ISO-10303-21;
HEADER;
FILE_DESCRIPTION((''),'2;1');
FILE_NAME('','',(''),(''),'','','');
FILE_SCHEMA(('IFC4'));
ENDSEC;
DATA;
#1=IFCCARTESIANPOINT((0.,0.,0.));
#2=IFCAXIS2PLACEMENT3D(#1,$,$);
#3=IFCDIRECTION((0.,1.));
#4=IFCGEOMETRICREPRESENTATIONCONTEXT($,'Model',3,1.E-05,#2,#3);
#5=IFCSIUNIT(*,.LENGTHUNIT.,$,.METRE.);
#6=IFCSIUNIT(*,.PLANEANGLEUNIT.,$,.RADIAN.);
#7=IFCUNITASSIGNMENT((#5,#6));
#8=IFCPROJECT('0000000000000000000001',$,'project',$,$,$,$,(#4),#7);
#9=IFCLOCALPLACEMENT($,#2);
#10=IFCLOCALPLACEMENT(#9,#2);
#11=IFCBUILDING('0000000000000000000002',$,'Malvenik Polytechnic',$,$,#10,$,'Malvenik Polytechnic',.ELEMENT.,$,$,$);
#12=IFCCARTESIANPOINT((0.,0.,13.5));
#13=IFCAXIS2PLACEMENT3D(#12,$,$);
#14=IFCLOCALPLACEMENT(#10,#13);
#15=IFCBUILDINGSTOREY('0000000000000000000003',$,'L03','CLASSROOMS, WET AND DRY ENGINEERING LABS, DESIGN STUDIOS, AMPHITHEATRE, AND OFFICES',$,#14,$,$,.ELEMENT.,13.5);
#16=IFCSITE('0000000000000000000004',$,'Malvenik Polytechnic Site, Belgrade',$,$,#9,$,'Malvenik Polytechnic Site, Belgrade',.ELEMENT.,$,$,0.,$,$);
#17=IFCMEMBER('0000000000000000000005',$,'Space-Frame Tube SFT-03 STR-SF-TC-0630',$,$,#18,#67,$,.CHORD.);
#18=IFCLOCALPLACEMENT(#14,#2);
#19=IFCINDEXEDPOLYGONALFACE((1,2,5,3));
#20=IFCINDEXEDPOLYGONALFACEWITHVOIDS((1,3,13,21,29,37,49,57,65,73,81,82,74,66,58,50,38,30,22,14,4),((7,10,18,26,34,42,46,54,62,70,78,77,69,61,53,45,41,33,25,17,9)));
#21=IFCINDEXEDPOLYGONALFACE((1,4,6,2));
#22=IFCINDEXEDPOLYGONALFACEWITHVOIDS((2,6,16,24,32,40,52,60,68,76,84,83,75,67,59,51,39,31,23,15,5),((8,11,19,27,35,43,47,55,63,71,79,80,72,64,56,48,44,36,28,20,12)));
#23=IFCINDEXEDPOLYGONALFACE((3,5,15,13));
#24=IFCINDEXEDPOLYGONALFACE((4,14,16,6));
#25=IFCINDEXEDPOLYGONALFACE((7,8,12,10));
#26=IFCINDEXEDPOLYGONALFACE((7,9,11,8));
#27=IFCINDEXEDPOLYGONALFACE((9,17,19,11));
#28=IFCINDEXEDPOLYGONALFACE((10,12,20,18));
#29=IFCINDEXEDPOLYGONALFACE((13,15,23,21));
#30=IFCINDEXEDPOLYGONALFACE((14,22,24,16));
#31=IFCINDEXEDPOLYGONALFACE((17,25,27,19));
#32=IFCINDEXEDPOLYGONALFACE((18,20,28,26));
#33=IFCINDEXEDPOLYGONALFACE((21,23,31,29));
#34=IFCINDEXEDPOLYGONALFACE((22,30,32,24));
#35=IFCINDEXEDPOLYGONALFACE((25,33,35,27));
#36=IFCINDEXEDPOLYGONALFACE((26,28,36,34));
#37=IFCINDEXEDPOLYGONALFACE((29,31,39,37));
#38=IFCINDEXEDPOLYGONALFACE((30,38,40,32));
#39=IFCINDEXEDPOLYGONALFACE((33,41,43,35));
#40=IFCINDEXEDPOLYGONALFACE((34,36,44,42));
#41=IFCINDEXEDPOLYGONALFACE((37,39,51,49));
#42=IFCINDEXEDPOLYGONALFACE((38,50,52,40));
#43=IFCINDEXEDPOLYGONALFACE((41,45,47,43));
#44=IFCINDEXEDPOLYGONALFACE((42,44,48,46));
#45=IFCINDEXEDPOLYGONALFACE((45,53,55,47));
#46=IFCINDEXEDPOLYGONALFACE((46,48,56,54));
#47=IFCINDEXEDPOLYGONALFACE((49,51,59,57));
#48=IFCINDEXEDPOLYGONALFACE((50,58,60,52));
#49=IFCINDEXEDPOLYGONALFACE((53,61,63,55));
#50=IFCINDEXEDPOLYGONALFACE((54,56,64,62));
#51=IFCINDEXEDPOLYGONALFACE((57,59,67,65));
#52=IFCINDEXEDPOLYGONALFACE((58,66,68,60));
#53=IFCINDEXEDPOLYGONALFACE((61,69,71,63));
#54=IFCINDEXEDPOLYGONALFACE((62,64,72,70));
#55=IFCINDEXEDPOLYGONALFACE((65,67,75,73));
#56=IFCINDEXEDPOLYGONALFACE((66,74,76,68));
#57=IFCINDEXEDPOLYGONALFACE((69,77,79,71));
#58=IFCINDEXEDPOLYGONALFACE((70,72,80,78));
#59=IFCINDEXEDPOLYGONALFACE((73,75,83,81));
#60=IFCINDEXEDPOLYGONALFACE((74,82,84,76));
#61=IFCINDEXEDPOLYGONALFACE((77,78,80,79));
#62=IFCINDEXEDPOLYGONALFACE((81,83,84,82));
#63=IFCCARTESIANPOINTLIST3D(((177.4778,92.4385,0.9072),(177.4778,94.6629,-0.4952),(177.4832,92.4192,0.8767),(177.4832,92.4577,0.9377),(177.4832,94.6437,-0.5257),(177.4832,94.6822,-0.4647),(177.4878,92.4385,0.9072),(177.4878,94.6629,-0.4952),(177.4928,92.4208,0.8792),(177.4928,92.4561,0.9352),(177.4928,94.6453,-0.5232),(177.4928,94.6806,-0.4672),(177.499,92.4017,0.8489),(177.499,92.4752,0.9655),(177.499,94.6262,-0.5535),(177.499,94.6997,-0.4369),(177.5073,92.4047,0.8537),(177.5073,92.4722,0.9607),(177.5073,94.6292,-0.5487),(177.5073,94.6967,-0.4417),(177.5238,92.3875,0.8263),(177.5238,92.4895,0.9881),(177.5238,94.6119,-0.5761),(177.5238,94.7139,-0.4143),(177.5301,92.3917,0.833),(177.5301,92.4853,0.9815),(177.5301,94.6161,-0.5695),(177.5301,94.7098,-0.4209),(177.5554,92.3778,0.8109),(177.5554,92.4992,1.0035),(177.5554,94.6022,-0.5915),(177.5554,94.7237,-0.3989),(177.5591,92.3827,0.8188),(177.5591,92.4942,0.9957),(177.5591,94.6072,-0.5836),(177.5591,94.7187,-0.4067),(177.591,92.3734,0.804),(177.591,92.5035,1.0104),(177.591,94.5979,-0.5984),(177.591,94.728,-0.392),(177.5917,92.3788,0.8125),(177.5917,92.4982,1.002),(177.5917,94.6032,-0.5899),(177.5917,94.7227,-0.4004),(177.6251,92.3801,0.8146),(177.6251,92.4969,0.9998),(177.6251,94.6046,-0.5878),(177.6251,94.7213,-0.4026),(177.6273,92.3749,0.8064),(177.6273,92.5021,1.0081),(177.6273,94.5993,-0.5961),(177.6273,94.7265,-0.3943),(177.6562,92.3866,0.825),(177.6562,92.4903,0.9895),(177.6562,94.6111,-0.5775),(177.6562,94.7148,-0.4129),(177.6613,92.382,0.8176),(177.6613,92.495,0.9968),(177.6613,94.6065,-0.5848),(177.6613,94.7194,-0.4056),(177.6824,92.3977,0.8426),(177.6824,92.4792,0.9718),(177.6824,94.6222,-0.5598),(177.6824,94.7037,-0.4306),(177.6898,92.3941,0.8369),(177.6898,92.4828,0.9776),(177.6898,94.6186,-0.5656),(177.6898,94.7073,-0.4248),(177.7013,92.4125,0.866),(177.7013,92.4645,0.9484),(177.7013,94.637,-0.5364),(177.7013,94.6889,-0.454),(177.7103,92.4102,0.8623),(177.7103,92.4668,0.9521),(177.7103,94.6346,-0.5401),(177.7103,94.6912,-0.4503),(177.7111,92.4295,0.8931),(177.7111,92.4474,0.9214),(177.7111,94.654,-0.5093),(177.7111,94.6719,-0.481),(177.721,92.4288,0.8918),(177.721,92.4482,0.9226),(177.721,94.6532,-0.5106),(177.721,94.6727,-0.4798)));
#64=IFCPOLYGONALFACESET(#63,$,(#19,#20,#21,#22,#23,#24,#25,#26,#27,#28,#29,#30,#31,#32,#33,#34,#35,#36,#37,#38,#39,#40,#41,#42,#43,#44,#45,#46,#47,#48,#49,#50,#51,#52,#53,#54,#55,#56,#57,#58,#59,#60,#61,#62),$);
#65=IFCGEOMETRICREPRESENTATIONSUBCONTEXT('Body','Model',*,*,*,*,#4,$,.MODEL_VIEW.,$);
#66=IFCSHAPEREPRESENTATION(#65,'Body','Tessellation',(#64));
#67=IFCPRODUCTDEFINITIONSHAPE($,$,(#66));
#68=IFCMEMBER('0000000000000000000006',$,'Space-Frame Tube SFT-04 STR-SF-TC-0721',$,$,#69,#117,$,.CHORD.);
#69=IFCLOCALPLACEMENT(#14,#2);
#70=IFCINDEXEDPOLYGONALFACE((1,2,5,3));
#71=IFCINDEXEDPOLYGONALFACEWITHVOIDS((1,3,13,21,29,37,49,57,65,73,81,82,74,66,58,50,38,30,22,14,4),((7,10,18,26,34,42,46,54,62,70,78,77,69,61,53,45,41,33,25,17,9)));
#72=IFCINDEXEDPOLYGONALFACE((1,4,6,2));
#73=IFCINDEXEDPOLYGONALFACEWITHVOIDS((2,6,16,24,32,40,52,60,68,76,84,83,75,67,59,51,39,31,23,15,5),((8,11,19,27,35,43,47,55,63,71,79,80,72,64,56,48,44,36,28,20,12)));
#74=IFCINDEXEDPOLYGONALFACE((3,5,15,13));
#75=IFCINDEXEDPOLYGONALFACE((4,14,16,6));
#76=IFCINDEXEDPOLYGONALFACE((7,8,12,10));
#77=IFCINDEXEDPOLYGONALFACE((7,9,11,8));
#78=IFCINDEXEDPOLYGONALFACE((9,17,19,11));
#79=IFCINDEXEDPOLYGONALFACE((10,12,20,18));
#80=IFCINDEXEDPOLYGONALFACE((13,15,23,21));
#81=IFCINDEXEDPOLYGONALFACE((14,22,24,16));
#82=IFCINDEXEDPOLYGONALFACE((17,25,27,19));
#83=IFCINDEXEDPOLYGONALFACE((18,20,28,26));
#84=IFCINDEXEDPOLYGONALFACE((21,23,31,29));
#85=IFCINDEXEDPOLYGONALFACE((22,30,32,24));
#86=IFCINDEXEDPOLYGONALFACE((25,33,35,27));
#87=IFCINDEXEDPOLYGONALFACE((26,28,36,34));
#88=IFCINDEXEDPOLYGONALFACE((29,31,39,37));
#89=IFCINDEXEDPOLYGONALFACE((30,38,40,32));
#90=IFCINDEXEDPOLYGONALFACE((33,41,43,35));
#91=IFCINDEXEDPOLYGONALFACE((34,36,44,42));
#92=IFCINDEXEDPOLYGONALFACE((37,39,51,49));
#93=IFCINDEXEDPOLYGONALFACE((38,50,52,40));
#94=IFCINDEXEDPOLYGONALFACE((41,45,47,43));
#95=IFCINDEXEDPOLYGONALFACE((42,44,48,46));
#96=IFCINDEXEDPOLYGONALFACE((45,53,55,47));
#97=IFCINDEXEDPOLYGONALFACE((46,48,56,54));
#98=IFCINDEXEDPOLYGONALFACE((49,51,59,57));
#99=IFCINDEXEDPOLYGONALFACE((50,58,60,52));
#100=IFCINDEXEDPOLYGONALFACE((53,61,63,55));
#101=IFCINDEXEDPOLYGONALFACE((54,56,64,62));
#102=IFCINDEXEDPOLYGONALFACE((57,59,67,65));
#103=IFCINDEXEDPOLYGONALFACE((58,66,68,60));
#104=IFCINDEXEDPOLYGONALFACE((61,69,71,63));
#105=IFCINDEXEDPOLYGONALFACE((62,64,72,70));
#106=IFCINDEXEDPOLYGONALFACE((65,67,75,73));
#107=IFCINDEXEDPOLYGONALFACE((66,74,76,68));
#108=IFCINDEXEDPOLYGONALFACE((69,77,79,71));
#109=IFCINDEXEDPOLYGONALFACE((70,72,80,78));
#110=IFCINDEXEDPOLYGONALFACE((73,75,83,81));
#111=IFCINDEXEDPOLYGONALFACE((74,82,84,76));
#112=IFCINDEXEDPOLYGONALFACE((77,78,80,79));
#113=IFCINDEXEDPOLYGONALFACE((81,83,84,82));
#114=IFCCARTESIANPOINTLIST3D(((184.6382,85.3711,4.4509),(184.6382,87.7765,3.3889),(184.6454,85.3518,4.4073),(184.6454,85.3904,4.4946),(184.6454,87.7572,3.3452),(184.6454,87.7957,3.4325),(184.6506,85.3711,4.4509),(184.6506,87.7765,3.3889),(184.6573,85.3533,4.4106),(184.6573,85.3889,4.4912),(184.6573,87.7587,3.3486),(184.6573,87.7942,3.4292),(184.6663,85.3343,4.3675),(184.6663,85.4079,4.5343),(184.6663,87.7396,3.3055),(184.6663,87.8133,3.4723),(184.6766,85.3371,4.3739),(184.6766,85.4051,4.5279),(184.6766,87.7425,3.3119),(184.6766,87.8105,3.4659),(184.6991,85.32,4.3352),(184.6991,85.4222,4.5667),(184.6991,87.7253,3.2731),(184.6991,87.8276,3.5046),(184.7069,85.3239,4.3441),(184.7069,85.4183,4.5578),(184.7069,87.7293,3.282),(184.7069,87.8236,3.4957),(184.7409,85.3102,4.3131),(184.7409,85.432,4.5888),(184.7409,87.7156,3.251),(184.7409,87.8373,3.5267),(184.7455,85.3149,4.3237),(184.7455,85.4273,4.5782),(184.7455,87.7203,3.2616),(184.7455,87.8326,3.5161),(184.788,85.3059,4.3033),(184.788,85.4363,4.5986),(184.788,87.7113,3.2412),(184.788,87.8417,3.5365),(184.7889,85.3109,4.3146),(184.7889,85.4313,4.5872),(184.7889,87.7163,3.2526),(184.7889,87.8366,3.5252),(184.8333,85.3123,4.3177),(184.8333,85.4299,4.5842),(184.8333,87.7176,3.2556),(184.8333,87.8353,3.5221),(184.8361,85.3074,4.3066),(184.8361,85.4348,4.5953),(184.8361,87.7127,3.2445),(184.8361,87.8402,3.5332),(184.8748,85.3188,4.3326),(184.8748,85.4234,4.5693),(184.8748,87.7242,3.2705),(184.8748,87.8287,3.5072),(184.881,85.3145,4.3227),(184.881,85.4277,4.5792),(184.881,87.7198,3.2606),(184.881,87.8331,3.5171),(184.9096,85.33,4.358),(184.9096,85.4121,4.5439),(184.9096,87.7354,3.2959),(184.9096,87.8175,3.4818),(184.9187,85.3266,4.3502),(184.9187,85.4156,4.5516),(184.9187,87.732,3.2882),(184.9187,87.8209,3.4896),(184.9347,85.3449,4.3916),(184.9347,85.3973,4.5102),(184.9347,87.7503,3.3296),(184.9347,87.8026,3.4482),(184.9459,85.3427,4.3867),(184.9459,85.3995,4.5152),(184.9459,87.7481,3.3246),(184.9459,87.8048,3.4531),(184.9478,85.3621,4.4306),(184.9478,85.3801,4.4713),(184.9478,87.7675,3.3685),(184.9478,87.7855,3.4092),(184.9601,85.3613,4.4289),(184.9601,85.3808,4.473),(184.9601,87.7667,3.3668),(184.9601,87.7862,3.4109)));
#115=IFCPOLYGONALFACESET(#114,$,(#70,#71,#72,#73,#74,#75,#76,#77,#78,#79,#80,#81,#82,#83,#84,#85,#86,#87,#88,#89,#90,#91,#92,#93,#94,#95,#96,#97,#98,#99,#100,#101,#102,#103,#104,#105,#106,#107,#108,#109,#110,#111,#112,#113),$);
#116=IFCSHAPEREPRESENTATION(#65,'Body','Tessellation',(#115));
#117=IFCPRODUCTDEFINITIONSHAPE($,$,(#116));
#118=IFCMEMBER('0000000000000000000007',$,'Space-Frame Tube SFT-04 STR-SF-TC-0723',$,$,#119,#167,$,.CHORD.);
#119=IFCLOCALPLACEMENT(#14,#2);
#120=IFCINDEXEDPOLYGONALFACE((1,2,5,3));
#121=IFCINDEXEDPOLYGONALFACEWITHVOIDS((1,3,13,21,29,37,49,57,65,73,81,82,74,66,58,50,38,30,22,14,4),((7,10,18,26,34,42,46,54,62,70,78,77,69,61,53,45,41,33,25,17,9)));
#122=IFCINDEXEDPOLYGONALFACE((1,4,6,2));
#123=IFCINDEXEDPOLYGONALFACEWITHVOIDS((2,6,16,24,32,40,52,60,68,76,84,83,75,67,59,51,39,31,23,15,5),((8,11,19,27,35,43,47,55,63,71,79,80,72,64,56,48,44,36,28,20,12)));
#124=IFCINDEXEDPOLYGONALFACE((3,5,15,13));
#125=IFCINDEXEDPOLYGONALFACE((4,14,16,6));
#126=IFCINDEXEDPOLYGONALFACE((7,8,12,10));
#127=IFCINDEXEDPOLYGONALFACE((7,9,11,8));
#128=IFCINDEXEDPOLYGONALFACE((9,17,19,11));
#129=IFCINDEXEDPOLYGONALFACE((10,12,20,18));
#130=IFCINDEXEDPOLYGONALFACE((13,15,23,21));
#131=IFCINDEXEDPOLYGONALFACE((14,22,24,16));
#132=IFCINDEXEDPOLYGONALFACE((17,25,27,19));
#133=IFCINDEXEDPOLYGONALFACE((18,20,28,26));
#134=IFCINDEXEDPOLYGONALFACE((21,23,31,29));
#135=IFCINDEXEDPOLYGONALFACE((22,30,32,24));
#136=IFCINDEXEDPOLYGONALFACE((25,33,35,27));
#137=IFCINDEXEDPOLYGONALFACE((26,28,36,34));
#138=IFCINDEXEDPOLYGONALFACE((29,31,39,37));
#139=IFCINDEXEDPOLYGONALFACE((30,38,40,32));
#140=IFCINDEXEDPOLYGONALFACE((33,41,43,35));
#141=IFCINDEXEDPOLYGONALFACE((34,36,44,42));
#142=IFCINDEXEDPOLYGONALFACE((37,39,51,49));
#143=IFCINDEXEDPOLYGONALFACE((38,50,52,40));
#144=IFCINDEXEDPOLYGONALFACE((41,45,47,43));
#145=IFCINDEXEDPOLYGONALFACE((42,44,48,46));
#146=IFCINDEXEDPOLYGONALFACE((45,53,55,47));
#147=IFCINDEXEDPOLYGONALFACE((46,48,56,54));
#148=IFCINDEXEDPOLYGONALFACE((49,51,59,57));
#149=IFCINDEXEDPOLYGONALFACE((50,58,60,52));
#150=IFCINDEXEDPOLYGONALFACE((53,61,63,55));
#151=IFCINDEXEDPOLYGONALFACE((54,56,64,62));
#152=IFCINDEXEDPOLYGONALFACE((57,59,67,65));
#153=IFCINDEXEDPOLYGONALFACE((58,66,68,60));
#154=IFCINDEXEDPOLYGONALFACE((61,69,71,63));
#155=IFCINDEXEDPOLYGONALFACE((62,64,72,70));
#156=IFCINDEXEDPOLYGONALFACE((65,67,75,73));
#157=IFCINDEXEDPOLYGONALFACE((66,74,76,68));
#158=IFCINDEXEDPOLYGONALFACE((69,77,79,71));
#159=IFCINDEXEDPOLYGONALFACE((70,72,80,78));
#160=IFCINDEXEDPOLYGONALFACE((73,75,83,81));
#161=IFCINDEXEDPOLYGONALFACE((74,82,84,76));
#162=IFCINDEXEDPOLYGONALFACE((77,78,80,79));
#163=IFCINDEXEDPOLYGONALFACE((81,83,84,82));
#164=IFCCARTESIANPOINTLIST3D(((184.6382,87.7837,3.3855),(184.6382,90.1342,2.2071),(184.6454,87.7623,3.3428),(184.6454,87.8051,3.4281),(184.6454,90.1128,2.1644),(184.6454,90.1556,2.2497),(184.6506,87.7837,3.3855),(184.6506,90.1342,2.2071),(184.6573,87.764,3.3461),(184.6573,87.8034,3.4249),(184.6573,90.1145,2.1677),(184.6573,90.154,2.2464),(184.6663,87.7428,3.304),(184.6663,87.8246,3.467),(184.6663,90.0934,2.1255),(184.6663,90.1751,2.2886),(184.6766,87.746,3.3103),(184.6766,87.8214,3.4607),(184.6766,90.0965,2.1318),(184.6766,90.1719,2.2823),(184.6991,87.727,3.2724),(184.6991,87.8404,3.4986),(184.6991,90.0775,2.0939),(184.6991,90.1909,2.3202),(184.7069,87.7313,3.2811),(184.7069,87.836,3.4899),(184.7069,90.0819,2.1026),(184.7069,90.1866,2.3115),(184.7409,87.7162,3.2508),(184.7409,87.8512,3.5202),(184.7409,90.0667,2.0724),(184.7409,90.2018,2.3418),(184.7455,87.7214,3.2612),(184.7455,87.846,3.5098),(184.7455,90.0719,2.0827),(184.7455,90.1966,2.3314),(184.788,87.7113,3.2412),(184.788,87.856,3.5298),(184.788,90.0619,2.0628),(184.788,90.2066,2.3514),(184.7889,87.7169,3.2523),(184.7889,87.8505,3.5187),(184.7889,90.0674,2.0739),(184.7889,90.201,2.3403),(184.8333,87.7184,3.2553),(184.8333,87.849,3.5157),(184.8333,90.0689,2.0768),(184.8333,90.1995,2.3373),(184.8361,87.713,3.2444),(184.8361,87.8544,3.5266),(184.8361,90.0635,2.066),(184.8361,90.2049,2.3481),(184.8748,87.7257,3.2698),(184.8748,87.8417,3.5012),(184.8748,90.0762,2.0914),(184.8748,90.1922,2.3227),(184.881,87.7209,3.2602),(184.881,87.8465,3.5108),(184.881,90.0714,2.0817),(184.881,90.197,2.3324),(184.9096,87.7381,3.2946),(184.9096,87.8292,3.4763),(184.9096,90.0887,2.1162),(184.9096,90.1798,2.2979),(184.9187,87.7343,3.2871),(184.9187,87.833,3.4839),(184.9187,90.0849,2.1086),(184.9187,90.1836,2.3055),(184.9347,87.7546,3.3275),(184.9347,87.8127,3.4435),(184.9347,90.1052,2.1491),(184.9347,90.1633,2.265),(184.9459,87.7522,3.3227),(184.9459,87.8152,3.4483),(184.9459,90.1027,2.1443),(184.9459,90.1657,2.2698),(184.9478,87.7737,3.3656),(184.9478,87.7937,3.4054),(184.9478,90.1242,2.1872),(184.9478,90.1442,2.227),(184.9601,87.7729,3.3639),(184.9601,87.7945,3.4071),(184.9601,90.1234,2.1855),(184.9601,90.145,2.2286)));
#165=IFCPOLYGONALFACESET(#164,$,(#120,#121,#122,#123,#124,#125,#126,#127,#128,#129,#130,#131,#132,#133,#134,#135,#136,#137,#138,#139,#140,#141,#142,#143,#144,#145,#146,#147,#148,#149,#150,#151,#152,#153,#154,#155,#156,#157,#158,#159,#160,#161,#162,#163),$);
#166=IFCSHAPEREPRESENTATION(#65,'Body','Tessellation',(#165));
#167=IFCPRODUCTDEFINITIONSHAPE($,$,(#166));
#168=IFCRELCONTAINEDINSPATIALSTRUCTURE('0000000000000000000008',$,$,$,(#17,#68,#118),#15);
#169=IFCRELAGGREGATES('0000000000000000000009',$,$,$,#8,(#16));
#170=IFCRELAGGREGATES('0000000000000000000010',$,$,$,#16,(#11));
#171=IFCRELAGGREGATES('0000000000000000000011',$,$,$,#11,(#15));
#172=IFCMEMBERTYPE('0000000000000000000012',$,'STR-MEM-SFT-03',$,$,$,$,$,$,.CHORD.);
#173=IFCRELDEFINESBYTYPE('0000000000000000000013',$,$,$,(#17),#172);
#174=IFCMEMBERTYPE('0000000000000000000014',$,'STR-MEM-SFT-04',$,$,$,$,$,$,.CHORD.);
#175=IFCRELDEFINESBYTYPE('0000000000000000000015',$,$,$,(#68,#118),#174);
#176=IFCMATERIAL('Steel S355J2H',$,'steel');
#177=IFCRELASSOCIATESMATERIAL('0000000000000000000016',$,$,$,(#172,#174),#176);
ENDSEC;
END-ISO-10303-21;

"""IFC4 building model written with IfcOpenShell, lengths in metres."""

from ifc_helpers import new_model, si_unit, direction, frame, origin, origin_2d, place, context, subcontext, project, spatial, hollow_circle, extrude, material, material_profile, profile_set, type_object, element, save


model = new_model("IFC4")

# Units and contexts
model_context = context("Model", 3, precision=1e-05, world=origin(), true_north=direction((0.0, 1.0)))
body_context = subcontext(model_context, "Body", "Model", "MODEL_VIEW")
ifc_project = project(units=[si_unit("LENGTHUNIT", "METRE"), si_unit("PLANEANGLEUNIT", "RADIAN")], contexts=[model_context])

# Site, building, storey
site_placement = place(None, origin())
site = spatial("IfcSite", under=ifc_project, at=site_placement, Name="Malvenik Polytechnic Site, Belgrade", LongName="Malvenik Polytechnic Site, Belgrade", CompositionType="ELEMENT", RefElevation=0.0)
building_placement = place(site_placement, origin())
building = spatial("IfcBuilding", under=site, at=building_placement, Name="Malvenik Polytechnic", LongName="Malvenik Polytechnic", CompositionType="ELEMENT")
storey_placement = place(building_placement, frame((0.0, 0.0, 13.5)))
storey = spatial("IfcBuildingStorey", under=building, at=storey_placement, Name="L03", Description="CLASSROOMS, WET AND DRY ENGINEERING LABS, DESIGN STUDIOS, AMPHITHEATRE, AND OFFICES", CompositionType="ELEMENT", Elevation=13.5)

# Members
ifc_material_1 = material(Name="Steel S355J2H", Category="steel")
ifc_material_profile_1 = material_profile(ifc_material_1, hollow_circle(Radius=0.1223, WallThickness=0.01, at=origin_2d()), Name="CHS 244.5x10.0")
ifc_profile_set_1 = profile_set([ifc_material_profile_1], Name="Steel S355J2H")
member_type_1 = type_object("IfcMemberType", Name="STR-MEM-SFT-03", PredefinedType="CHORD", material=ifc_profile_set_1)
member_1_placement = place(storey_placement, frame((177.6001, 92.4385, 0.9072), z_axis=(0.0, 0.845921, -0.533308), x_axis=(-1.0, 0.0, 0.0)))
element("IfcMember", 1, at=member_1_placement, inside=storey, type_object=member_type_1, Name="Space-Frame Tube SFT-03 STR-SF-TC-0630", PredefinedType="CHORD", context=body_context, shape_type="SweptSolid", body=[
    extrude(hollow_circle(Radius=0.1223, WallThickness=0.01, at=origin_2d()), origin(), (0.0, 0.0, 1.0), 2.6296),
])
ifc_material_profile_2 = material_profile(ifc_material_1, hollow_circle(Radius=0.1619, WallThickness=0.0125, at=origin_2d()), Name="CHS 323.9x12.5")
ifc_profile_set_2 = profile_set([ifc_material_profile_2], Name="Steel S355J2H")
member_type_2 = type_object("IfcMemberType", Name="STR-MEM-SFT-04", PredefinedType="CHORD", material=ifc_profile_set_2)
for number, where, z_axis, x_axis, name in (
    (2, (184.8, 85.3711, 4.4509), (0.0, 0.914797, -0.403915), (-1.0, 0.0, 0.0), "Space-Frame Tube SFT-04 STR-SF-TC-0721"),
    (3, (184.8, 87.7837, 3.3855), (0.0, 0.893944, -0.448179), (-1.0, 0.0, 0.0), "Space-Frame Tube SFT-04 STR-SF-TC-0723"),
):
    element("IfcMember", number, at=place(storey_placement, frame(where, z_axis=z_axis, x_axis=x_axis)), inside=storey, type_object=member_type_2, Name=name, PredefinedType="CHORD", context=body_context, shape_type="SweptSolid", body=[
        extrude(hollow_circle(Radius=0.1619, WallThickness=0.0125, at=origin_2d()), origin(), (0.0, 0.0, 1.0), 2.6294),
    ])

save(model, "model.ifc")
